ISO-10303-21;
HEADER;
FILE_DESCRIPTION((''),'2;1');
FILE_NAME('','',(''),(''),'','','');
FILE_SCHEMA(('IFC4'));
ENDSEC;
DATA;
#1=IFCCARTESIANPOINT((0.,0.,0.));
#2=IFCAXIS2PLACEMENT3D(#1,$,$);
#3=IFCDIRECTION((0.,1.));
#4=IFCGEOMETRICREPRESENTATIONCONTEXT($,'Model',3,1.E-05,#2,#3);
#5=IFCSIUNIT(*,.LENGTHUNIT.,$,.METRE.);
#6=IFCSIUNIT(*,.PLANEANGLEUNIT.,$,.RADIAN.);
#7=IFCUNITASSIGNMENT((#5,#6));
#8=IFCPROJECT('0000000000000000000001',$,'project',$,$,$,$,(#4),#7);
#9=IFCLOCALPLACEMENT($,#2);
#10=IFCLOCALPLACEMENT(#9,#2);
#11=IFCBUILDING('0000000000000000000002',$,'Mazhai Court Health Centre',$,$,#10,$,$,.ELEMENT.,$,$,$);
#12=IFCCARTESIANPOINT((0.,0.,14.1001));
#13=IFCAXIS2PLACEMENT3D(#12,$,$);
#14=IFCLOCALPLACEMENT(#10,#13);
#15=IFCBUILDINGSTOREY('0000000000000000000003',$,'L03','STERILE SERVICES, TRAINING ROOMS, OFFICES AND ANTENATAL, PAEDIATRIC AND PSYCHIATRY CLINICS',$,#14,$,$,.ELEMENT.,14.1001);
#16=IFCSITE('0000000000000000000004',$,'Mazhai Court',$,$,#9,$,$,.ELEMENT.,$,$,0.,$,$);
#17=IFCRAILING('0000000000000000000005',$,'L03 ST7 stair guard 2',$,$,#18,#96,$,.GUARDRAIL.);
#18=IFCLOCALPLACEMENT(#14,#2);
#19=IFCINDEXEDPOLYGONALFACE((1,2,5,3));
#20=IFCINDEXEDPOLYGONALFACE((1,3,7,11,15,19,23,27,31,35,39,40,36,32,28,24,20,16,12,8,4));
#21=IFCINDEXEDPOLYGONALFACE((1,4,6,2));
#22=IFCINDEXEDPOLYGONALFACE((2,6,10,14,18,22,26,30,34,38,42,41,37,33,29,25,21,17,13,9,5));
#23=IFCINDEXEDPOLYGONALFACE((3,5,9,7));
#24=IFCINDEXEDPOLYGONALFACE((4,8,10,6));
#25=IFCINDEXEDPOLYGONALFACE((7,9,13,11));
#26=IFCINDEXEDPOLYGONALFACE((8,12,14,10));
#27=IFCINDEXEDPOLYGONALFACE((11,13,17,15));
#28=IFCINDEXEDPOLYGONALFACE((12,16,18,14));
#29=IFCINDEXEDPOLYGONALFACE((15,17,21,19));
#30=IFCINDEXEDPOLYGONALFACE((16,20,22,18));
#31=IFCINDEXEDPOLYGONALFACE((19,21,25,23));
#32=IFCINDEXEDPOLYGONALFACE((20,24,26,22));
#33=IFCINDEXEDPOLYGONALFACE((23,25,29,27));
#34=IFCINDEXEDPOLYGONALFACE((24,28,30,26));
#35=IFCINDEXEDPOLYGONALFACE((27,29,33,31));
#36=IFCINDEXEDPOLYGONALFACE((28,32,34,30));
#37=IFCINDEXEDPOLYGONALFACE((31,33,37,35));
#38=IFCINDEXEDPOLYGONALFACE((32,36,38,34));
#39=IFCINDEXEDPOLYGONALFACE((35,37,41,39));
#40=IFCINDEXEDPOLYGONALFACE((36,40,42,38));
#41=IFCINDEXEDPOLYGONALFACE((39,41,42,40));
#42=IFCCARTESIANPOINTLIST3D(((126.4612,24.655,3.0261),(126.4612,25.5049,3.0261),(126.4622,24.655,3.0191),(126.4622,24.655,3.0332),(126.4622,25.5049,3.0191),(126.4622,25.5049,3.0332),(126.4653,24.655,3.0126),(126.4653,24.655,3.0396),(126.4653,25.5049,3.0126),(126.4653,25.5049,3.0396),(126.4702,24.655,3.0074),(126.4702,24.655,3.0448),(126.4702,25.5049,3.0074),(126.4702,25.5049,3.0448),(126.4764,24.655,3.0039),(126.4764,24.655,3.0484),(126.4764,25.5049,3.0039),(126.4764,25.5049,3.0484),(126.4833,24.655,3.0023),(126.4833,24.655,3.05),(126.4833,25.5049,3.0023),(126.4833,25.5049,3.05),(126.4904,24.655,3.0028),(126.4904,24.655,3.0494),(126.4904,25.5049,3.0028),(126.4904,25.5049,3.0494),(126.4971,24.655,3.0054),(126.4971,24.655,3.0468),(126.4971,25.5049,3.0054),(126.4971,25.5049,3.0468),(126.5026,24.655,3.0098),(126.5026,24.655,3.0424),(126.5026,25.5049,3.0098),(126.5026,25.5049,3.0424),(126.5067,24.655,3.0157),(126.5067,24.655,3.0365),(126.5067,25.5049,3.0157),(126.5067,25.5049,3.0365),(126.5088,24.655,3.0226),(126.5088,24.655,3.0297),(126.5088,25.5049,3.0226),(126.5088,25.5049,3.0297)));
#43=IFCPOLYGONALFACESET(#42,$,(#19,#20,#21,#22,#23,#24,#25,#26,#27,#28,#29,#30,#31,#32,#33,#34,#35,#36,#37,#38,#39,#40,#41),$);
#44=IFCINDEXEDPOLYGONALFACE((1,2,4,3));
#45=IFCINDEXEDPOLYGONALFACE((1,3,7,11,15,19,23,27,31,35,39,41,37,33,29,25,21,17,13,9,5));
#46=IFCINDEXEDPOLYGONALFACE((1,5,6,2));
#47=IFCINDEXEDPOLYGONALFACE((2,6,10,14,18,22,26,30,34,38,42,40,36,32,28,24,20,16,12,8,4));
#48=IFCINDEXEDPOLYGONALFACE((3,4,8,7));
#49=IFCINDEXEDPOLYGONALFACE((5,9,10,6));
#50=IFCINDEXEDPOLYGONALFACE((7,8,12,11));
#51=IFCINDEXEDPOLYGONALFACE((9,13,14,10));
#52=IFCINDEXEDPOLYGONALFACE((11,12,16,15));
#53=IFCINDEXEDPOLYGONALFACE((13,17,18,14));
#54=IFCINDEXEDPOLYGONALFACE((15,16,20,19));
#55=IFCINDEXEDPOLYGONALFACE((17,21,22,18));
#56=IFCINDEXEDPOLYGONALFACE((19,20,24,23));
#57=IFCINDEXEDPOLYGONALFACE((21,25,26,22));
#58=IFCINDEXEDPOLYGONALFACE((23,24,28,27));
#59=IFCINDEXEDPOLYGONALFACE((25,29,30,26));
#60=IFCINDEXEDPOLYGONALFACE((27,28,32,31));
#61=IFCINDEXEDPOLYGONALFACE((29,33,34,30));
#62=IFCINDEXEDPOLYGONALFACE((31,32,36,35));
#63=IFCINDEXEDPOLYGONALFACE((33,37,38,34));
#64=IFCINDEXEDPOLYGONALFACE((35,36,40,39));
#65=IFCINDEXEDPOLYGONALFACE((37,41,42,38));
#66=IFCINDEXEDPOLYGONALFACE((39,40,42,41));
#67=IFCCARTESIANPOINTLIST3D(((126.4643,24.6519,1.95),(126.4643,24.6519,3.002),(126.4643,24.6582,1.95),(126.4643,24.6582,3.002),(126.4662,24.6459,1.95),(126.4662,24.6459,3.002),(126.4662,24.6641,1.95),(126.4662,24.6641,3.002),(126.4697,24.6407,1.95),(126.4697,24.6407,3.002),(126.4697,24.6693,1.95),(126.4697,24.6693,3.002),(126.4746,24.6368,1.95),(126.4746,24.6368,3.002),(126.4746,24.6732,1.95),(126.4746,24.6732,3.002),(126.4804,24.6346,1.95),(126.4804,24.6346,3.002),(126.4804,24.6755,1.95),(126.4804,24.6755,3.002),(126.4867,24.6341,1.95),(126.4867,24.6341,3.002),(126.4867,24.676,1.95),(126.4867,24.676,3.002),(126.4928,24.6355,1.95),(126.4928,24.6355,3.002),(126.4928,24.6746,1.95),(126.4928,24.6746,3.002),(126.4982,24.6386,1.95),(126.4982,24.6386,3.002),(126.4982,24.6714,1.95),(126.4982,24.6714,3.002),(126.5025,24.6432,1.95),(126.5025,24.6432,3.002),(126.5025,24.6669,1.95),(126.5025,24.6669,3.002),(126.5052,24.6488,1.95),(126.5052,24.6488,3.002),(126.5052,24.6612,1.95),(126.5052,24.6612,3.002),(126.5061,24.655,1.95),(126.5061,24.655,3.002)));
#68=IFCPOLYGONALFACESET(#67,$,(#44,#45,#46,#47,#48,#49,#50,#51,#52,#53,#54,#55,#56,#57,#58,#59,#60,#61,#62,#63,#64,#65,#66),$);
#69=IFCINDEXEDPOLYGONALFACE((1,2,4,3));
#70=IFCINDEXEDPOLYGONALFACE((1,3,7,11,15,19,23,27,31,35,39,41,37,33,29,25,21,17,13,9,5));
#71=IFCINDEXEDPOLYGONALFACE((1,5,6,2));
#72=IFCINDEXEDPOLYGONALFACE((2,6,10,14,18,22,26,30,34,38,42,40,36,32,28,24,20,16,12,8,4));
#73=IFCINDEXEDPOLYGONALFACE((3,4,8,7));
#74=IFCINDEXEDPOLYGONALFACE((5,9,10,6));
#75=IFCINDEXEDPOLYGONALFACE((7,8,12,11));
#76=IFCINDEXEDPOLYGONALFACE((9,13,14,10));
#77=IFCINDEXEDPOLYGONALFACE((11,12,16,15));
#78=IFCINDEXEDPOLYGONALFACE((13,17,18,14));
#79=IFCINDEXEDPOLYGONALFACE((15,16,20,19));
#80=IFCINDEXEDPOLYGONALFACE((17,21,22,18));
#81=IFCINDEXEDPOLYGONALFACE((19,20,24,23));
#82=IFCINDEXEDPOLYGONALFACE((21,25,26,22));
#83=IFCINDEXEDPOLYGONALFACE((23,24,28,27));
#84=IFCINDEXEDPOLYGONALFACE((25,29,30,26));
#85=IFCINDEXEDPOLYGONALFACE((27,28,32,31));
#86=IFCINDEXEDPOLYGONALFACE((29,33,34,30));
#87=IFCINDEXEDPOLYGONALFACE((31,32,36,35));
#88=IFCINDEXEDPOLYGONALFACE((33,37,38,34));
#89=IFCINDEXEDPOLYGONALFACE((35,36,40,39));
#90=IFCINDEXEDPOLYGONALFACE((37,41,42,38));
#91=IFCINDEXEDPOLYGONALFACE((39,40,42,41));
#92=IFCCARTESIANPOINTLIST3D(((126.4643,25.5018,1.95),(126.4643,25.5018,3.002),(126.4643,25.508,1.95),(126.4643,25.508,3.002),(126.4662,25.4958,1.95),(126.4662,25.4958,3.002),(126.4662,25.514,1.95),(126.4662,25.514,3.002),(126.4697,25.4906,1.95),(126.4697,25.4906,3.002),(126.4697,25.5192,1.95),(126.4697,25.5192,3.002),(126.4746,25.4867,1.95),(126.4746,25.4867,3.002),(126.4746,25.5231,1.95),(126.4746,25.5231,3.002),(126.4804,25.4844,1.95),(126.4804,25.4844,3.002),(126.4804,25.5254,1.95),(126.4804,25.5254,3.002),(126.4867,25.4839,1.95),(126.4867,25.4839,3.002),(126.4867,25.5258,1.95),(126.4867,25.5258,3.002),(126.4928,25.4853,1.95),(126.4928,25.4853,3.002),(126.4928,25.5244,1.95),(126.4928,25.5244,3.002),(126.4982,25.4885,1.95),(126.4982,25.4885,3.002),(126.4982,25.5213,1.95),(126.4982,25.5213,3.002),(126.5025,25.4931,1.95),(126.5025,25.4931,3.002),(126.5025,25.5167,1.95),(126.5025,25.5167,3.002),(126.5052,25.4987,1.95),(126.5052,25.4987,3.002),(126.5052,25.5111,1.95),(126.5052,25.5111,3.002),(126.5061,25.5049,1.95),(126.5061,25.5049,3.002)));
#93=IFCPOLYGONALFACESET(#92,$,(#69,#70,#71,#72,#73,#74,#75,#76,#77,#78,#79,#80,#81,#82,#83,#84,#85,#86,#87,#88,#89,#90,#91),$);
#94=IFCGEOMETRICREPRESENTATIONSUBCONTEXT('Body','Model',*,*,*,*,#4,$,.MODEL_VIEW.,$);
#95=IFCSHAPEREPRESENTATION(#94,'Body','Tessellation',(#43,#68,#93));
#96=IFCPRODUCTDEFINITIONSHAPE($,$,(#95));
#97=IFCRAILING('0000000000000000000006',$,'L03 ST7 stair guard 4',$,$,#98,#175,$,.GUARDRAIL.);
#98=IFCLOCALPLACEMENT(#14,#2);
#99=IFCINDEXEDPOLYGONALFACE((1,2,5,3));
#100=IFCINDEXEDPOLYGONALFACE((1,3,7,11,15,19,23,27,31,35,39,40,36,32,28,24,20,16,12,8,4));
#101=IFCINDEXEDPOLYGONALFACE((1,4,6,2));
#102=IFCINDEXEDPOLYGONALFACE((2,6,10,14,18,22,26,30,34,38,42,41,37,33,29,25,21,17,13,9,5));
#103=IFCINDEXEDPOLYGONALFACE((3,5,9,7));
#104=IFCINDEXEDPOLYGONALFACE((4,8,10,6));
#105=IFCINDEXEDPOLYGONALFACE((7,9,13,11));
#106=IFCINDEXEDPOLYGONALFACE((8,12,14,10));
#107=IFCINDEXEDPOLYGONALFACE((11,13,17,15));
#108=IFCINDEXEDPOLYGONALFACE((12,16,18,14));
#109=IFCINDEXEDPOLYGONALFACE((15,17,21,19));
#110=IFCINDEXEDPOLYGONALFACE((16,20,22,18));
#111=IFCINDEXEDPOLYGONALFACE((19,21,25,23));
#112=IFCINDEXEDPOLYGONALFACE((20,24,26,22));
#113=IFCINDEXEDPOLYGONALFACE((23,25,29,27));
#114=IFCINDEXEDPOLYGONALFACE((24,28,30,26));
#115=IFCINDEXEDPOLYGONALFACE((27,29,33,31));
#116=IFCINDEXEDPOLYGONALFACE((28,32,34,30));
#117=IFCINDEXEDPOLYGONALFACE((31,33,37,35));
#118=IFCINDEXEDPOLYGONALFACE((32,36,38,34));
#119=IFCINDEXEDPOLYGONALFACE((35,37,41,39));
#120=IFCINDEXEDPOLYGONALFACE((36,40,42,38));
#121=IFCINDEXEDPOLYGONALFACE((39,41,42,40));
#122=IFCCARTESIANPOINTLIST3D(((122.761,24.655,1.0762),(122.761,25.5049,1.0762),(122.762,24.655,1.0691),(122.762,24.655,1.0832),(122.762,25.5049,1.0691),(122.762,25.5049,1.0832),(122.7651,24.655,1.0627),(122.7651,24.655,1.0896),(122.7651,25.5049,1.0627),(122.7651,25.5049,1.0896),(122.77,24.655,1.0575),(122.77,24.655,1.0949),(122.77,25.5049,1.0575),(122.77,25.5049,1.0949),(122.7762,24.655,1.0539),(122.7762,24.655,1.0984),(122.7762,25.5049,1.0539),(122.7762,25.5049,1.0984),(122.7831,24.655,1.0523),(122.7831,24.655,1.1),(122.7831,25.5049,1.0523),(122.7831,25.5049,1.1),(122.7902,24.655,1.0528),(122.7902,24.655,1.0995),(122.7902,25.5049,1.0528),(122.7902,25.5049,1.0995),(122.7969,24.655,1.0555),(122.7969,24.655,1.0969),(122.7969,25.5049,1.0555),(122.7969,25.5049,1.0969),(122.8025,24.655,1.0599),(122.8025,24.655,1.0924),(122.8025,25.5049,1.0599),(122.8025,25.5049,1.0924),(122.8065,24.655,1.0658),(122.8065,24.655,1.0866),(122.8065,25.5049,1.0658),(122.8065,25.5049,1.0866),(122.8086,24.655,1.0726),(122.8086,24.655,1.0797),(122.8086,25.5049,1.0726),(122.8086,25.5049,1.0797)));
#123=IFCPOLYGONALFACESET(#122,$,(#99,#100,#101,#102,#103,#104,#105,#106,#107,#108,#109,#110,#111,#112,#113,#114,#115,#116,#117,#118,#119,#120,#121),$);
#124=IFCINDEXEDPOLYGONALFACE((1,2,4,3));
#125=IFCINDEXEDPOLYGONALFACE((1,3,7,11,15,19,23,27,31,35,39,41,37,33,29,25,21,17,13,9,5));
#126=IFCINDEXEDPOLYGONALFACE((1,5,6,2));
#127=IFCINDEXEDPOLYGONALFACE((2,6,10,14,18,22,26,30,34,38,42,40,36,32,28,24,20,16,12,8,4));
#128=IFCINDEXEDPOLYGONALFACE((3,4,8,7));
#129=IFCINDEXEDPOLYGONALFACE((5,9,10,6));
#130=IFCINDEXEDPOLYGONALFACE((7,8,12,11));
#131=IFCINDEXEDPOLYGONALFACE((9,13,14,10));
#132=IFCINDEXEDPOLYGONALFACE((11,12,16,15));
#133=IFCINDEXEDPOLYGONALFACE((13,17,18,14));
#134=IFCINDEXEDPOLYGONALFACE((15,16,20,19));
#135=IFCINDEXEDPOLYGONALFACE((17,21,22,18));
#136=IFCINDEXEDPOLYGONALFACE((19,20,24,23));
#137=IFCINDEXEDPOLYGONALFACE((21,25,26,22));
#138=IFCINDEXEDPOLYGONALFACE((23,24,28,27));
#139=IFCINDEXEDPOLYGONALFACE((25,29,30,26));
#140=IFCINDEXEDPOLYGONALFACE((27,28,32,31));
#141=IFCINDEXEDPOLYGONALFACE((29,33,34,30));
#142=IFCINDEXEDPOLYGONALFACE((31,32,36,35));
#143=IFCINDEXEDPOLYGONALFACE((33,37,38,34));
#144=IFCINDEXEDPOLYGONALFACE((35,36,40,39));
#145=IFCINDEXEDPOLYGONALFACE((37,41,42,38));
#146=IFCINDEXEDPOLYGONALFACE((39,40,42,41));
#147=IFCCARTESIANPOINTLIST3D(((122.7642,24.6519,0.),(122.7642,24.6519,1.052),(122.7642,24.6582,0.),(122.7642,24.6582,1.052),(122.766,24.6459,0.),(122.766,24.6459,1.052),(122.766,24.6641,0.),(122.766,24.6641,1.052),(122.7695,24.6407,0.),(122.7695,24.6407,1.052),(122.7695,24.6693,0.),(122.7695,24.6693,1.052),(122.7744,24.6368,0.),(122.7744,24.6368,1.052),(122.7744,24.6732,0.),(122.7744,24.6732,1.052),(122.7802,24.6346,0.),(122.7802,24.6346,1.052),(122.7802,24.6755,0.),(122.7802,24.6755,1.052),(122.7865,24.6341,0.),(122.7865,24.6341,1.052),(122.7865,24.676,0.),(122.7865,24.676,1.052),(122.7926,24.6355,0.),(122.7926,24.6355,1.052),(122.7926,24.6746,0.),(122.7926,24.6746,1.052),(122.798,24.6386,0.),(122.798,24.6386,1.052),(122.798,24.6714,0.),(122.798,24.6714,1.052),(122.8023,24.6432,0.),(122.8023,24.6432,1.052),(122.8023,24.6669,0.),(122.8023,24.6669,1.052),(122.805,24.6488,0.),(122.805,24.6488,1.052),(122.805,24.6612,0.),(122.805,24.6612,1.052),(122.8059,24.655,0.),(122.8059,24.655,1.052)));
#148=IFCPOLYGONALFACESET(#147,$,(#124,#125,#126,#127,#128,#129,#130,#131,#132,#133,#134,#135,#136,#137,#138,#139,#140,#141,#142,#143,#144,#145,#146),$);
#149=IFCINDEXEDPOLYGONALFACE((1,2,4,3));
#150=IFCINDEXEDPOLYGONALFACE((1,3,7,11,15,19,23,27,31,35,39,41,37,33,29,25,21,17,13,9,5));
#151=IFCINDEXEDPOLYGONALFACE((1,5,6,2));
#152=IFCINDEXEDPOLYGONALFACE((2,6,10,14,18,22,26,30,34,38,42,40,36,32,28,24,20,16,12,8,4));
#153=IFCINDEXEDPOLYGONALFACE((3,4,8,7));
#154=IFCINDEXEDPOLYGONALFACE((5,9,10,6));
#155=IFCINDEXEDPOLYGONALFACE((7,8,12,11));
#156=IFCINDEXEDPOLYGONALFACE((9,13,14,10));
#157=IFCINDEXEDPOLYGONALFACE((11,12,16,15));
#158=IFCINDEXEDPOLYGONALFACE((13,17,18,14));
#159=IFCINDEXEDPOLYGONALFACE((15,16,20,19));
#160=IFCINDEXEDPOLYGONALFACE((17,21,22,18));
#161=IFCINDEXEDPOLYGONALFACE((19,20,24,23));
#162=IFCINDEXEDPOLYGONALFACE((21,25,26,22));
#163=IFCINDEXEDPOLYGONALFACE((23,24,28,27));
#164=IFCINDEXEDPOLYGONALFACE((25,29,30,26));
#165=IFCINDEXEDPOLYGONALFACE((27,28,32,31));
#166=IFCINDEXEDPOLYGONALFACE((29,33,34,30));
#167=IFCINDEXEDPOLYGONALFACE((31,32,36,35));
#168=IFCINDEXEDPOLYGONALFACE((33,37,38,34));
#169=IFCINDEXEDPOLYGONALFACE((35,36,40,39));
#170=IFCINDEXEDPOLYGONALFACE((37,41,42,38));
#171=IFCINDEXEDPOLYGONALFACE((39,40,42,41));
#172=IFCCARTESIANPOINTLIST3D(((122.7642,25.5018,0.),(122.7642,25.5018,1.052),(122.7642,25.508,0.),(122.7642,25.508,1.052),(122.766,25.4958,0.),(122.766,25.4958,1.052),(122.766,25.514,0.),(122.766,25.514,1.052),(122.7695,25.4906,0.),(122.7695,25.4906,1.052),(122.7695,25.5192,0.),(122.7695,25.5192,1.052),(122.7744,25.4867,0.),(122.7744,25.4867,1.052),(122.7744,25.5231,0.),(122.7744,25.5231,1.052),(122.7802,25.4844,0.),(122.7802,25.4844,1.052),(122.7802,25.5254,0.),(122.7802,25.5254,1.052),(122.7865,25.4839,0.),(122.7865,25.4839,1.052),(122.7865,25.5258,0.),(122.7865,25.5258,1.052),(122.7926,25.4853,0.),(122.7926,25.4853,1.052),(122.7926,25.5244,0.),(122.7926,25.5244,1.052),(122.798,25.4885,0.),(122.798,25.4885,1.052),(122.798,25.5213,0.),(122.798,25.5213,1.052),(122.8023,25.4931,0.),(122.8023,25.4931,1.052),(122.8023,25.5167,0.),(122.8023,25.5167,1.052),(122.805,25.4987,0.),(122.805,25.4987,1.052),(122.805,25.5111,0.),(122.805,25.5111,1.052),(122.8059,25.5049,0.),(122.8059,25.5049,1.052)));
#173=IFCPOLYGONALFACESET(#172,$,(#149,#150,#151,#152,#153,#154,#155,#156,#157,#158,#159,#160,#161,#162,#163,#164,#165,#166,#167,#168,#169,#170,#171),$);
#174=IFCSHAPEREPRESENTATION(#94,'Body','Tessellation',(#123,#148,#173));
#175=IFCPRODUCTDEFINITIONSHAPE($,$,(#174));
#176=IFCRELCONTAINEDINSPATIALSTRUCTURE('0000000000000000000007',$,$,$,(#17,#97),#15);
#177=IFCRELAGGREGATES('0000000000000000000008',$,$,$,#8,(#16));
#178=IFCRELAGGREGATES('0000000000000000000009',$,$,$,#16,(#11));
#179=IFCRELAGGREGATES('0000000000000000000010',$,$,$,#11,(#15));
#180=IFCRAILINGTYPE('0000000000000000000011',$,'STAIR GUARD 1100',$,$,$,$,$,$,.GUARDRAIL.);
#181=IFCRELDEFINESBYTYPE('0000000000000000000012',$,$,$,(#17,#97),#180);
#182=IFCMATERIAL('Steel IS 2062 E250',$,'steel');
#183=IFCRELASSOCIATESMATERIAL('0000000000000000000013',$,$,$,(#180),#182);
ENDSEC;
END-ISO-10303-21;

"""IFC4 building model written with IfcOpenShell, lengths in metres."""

from ifc_helpers import new_model, si_unit, direction, frame, origin, origin_2d, place, context, subcontext, project, spatial, circle, extrude, material, type_object, element, save


model = new_model("IFC4")

# Units and contexts
model_context = context("Model", 3, precision=1e-05, world=origin(), true_north=direction((0.0, 1.0)))
body_context = subcontext(model_context, "Body", "Model", "MODEL_VIEW")
ifc_project = project(units=[si_unit("LENGTHUNIT", "METRE"), si_unit("PLANEANGLEUNIT", "RADIAN")], contexts=[model_context])

# Site, building, storey
site_placement = place(None, origin())
site = spatial("IfcSite", under=ifc_project, at=site_placement, Name="Mazhai Court", CompositionType="ELEMENT", RefElevation=0.0)
building_placement = place(site_placement, origin())
building = spatial("IfcBuilding", under=site, at=building_placement, Name="Mazhai Court Health Centre", CompositionType="ELEMENT")
storey_placement = place(building_placement, frame((0.0, 0.0, 14.1001)))
storey = spatial("IfcBuildingStorey", under=building, at=storey_placement, Name="L03", Description="STERILE SERVICES, TRAINING ROOMS, OFFICES AND ANTENATAL, PAEDIATRIC AND PSYCHIATRY CLINICS", CompositionType="ELEMENT", Elevation=14.1001)

# Railings
ifc_material_1 = material(Name="Steel IS 2062 E250", Category="steel")
railing_type_1 = type_object("IfcRailingType", Name="STAIR GUARD 1100", PredefinedType="GUARDRAIL", material=ifc_material_1)
for number, where, name in (
    (1, (126.4851, 24.655, 1.95), "L03 ST7 stair guard 2"),
    (2, (122.7849, 24.655, 0.0), "L03 ST7 stair guard 4"),
):
    element("IfcRailing", number, at=place(storey_placement, frame(where)), inside=storey, type_object=railing_type_1, Name=name, PredefinedType="GUARDRAIL", context=body_context, shape_type="SweptSolid", body=[
        extrude(circle(Radius=0.0239, at=origin_2d()), frame((0.0, 0.0, 1.0762), z_axis=(0.0, 1.0, 0.0), x_axis=(-1.0, 0.0, 0.0)), (0.0, 0.0, 1.0), 0.8499),
        extrude(circle(Radius=0.021, at=origin_2d()), origin(), (0.0, 0.0, 1.0), 1.052),
        extrude(circle(Radius=0.021, at=origin_2d()), frame((0.0, 0.8499, 0.0)), (0.0, 0.0, 1.0), 1.052),
    ])

save(model, "model.ifc")
